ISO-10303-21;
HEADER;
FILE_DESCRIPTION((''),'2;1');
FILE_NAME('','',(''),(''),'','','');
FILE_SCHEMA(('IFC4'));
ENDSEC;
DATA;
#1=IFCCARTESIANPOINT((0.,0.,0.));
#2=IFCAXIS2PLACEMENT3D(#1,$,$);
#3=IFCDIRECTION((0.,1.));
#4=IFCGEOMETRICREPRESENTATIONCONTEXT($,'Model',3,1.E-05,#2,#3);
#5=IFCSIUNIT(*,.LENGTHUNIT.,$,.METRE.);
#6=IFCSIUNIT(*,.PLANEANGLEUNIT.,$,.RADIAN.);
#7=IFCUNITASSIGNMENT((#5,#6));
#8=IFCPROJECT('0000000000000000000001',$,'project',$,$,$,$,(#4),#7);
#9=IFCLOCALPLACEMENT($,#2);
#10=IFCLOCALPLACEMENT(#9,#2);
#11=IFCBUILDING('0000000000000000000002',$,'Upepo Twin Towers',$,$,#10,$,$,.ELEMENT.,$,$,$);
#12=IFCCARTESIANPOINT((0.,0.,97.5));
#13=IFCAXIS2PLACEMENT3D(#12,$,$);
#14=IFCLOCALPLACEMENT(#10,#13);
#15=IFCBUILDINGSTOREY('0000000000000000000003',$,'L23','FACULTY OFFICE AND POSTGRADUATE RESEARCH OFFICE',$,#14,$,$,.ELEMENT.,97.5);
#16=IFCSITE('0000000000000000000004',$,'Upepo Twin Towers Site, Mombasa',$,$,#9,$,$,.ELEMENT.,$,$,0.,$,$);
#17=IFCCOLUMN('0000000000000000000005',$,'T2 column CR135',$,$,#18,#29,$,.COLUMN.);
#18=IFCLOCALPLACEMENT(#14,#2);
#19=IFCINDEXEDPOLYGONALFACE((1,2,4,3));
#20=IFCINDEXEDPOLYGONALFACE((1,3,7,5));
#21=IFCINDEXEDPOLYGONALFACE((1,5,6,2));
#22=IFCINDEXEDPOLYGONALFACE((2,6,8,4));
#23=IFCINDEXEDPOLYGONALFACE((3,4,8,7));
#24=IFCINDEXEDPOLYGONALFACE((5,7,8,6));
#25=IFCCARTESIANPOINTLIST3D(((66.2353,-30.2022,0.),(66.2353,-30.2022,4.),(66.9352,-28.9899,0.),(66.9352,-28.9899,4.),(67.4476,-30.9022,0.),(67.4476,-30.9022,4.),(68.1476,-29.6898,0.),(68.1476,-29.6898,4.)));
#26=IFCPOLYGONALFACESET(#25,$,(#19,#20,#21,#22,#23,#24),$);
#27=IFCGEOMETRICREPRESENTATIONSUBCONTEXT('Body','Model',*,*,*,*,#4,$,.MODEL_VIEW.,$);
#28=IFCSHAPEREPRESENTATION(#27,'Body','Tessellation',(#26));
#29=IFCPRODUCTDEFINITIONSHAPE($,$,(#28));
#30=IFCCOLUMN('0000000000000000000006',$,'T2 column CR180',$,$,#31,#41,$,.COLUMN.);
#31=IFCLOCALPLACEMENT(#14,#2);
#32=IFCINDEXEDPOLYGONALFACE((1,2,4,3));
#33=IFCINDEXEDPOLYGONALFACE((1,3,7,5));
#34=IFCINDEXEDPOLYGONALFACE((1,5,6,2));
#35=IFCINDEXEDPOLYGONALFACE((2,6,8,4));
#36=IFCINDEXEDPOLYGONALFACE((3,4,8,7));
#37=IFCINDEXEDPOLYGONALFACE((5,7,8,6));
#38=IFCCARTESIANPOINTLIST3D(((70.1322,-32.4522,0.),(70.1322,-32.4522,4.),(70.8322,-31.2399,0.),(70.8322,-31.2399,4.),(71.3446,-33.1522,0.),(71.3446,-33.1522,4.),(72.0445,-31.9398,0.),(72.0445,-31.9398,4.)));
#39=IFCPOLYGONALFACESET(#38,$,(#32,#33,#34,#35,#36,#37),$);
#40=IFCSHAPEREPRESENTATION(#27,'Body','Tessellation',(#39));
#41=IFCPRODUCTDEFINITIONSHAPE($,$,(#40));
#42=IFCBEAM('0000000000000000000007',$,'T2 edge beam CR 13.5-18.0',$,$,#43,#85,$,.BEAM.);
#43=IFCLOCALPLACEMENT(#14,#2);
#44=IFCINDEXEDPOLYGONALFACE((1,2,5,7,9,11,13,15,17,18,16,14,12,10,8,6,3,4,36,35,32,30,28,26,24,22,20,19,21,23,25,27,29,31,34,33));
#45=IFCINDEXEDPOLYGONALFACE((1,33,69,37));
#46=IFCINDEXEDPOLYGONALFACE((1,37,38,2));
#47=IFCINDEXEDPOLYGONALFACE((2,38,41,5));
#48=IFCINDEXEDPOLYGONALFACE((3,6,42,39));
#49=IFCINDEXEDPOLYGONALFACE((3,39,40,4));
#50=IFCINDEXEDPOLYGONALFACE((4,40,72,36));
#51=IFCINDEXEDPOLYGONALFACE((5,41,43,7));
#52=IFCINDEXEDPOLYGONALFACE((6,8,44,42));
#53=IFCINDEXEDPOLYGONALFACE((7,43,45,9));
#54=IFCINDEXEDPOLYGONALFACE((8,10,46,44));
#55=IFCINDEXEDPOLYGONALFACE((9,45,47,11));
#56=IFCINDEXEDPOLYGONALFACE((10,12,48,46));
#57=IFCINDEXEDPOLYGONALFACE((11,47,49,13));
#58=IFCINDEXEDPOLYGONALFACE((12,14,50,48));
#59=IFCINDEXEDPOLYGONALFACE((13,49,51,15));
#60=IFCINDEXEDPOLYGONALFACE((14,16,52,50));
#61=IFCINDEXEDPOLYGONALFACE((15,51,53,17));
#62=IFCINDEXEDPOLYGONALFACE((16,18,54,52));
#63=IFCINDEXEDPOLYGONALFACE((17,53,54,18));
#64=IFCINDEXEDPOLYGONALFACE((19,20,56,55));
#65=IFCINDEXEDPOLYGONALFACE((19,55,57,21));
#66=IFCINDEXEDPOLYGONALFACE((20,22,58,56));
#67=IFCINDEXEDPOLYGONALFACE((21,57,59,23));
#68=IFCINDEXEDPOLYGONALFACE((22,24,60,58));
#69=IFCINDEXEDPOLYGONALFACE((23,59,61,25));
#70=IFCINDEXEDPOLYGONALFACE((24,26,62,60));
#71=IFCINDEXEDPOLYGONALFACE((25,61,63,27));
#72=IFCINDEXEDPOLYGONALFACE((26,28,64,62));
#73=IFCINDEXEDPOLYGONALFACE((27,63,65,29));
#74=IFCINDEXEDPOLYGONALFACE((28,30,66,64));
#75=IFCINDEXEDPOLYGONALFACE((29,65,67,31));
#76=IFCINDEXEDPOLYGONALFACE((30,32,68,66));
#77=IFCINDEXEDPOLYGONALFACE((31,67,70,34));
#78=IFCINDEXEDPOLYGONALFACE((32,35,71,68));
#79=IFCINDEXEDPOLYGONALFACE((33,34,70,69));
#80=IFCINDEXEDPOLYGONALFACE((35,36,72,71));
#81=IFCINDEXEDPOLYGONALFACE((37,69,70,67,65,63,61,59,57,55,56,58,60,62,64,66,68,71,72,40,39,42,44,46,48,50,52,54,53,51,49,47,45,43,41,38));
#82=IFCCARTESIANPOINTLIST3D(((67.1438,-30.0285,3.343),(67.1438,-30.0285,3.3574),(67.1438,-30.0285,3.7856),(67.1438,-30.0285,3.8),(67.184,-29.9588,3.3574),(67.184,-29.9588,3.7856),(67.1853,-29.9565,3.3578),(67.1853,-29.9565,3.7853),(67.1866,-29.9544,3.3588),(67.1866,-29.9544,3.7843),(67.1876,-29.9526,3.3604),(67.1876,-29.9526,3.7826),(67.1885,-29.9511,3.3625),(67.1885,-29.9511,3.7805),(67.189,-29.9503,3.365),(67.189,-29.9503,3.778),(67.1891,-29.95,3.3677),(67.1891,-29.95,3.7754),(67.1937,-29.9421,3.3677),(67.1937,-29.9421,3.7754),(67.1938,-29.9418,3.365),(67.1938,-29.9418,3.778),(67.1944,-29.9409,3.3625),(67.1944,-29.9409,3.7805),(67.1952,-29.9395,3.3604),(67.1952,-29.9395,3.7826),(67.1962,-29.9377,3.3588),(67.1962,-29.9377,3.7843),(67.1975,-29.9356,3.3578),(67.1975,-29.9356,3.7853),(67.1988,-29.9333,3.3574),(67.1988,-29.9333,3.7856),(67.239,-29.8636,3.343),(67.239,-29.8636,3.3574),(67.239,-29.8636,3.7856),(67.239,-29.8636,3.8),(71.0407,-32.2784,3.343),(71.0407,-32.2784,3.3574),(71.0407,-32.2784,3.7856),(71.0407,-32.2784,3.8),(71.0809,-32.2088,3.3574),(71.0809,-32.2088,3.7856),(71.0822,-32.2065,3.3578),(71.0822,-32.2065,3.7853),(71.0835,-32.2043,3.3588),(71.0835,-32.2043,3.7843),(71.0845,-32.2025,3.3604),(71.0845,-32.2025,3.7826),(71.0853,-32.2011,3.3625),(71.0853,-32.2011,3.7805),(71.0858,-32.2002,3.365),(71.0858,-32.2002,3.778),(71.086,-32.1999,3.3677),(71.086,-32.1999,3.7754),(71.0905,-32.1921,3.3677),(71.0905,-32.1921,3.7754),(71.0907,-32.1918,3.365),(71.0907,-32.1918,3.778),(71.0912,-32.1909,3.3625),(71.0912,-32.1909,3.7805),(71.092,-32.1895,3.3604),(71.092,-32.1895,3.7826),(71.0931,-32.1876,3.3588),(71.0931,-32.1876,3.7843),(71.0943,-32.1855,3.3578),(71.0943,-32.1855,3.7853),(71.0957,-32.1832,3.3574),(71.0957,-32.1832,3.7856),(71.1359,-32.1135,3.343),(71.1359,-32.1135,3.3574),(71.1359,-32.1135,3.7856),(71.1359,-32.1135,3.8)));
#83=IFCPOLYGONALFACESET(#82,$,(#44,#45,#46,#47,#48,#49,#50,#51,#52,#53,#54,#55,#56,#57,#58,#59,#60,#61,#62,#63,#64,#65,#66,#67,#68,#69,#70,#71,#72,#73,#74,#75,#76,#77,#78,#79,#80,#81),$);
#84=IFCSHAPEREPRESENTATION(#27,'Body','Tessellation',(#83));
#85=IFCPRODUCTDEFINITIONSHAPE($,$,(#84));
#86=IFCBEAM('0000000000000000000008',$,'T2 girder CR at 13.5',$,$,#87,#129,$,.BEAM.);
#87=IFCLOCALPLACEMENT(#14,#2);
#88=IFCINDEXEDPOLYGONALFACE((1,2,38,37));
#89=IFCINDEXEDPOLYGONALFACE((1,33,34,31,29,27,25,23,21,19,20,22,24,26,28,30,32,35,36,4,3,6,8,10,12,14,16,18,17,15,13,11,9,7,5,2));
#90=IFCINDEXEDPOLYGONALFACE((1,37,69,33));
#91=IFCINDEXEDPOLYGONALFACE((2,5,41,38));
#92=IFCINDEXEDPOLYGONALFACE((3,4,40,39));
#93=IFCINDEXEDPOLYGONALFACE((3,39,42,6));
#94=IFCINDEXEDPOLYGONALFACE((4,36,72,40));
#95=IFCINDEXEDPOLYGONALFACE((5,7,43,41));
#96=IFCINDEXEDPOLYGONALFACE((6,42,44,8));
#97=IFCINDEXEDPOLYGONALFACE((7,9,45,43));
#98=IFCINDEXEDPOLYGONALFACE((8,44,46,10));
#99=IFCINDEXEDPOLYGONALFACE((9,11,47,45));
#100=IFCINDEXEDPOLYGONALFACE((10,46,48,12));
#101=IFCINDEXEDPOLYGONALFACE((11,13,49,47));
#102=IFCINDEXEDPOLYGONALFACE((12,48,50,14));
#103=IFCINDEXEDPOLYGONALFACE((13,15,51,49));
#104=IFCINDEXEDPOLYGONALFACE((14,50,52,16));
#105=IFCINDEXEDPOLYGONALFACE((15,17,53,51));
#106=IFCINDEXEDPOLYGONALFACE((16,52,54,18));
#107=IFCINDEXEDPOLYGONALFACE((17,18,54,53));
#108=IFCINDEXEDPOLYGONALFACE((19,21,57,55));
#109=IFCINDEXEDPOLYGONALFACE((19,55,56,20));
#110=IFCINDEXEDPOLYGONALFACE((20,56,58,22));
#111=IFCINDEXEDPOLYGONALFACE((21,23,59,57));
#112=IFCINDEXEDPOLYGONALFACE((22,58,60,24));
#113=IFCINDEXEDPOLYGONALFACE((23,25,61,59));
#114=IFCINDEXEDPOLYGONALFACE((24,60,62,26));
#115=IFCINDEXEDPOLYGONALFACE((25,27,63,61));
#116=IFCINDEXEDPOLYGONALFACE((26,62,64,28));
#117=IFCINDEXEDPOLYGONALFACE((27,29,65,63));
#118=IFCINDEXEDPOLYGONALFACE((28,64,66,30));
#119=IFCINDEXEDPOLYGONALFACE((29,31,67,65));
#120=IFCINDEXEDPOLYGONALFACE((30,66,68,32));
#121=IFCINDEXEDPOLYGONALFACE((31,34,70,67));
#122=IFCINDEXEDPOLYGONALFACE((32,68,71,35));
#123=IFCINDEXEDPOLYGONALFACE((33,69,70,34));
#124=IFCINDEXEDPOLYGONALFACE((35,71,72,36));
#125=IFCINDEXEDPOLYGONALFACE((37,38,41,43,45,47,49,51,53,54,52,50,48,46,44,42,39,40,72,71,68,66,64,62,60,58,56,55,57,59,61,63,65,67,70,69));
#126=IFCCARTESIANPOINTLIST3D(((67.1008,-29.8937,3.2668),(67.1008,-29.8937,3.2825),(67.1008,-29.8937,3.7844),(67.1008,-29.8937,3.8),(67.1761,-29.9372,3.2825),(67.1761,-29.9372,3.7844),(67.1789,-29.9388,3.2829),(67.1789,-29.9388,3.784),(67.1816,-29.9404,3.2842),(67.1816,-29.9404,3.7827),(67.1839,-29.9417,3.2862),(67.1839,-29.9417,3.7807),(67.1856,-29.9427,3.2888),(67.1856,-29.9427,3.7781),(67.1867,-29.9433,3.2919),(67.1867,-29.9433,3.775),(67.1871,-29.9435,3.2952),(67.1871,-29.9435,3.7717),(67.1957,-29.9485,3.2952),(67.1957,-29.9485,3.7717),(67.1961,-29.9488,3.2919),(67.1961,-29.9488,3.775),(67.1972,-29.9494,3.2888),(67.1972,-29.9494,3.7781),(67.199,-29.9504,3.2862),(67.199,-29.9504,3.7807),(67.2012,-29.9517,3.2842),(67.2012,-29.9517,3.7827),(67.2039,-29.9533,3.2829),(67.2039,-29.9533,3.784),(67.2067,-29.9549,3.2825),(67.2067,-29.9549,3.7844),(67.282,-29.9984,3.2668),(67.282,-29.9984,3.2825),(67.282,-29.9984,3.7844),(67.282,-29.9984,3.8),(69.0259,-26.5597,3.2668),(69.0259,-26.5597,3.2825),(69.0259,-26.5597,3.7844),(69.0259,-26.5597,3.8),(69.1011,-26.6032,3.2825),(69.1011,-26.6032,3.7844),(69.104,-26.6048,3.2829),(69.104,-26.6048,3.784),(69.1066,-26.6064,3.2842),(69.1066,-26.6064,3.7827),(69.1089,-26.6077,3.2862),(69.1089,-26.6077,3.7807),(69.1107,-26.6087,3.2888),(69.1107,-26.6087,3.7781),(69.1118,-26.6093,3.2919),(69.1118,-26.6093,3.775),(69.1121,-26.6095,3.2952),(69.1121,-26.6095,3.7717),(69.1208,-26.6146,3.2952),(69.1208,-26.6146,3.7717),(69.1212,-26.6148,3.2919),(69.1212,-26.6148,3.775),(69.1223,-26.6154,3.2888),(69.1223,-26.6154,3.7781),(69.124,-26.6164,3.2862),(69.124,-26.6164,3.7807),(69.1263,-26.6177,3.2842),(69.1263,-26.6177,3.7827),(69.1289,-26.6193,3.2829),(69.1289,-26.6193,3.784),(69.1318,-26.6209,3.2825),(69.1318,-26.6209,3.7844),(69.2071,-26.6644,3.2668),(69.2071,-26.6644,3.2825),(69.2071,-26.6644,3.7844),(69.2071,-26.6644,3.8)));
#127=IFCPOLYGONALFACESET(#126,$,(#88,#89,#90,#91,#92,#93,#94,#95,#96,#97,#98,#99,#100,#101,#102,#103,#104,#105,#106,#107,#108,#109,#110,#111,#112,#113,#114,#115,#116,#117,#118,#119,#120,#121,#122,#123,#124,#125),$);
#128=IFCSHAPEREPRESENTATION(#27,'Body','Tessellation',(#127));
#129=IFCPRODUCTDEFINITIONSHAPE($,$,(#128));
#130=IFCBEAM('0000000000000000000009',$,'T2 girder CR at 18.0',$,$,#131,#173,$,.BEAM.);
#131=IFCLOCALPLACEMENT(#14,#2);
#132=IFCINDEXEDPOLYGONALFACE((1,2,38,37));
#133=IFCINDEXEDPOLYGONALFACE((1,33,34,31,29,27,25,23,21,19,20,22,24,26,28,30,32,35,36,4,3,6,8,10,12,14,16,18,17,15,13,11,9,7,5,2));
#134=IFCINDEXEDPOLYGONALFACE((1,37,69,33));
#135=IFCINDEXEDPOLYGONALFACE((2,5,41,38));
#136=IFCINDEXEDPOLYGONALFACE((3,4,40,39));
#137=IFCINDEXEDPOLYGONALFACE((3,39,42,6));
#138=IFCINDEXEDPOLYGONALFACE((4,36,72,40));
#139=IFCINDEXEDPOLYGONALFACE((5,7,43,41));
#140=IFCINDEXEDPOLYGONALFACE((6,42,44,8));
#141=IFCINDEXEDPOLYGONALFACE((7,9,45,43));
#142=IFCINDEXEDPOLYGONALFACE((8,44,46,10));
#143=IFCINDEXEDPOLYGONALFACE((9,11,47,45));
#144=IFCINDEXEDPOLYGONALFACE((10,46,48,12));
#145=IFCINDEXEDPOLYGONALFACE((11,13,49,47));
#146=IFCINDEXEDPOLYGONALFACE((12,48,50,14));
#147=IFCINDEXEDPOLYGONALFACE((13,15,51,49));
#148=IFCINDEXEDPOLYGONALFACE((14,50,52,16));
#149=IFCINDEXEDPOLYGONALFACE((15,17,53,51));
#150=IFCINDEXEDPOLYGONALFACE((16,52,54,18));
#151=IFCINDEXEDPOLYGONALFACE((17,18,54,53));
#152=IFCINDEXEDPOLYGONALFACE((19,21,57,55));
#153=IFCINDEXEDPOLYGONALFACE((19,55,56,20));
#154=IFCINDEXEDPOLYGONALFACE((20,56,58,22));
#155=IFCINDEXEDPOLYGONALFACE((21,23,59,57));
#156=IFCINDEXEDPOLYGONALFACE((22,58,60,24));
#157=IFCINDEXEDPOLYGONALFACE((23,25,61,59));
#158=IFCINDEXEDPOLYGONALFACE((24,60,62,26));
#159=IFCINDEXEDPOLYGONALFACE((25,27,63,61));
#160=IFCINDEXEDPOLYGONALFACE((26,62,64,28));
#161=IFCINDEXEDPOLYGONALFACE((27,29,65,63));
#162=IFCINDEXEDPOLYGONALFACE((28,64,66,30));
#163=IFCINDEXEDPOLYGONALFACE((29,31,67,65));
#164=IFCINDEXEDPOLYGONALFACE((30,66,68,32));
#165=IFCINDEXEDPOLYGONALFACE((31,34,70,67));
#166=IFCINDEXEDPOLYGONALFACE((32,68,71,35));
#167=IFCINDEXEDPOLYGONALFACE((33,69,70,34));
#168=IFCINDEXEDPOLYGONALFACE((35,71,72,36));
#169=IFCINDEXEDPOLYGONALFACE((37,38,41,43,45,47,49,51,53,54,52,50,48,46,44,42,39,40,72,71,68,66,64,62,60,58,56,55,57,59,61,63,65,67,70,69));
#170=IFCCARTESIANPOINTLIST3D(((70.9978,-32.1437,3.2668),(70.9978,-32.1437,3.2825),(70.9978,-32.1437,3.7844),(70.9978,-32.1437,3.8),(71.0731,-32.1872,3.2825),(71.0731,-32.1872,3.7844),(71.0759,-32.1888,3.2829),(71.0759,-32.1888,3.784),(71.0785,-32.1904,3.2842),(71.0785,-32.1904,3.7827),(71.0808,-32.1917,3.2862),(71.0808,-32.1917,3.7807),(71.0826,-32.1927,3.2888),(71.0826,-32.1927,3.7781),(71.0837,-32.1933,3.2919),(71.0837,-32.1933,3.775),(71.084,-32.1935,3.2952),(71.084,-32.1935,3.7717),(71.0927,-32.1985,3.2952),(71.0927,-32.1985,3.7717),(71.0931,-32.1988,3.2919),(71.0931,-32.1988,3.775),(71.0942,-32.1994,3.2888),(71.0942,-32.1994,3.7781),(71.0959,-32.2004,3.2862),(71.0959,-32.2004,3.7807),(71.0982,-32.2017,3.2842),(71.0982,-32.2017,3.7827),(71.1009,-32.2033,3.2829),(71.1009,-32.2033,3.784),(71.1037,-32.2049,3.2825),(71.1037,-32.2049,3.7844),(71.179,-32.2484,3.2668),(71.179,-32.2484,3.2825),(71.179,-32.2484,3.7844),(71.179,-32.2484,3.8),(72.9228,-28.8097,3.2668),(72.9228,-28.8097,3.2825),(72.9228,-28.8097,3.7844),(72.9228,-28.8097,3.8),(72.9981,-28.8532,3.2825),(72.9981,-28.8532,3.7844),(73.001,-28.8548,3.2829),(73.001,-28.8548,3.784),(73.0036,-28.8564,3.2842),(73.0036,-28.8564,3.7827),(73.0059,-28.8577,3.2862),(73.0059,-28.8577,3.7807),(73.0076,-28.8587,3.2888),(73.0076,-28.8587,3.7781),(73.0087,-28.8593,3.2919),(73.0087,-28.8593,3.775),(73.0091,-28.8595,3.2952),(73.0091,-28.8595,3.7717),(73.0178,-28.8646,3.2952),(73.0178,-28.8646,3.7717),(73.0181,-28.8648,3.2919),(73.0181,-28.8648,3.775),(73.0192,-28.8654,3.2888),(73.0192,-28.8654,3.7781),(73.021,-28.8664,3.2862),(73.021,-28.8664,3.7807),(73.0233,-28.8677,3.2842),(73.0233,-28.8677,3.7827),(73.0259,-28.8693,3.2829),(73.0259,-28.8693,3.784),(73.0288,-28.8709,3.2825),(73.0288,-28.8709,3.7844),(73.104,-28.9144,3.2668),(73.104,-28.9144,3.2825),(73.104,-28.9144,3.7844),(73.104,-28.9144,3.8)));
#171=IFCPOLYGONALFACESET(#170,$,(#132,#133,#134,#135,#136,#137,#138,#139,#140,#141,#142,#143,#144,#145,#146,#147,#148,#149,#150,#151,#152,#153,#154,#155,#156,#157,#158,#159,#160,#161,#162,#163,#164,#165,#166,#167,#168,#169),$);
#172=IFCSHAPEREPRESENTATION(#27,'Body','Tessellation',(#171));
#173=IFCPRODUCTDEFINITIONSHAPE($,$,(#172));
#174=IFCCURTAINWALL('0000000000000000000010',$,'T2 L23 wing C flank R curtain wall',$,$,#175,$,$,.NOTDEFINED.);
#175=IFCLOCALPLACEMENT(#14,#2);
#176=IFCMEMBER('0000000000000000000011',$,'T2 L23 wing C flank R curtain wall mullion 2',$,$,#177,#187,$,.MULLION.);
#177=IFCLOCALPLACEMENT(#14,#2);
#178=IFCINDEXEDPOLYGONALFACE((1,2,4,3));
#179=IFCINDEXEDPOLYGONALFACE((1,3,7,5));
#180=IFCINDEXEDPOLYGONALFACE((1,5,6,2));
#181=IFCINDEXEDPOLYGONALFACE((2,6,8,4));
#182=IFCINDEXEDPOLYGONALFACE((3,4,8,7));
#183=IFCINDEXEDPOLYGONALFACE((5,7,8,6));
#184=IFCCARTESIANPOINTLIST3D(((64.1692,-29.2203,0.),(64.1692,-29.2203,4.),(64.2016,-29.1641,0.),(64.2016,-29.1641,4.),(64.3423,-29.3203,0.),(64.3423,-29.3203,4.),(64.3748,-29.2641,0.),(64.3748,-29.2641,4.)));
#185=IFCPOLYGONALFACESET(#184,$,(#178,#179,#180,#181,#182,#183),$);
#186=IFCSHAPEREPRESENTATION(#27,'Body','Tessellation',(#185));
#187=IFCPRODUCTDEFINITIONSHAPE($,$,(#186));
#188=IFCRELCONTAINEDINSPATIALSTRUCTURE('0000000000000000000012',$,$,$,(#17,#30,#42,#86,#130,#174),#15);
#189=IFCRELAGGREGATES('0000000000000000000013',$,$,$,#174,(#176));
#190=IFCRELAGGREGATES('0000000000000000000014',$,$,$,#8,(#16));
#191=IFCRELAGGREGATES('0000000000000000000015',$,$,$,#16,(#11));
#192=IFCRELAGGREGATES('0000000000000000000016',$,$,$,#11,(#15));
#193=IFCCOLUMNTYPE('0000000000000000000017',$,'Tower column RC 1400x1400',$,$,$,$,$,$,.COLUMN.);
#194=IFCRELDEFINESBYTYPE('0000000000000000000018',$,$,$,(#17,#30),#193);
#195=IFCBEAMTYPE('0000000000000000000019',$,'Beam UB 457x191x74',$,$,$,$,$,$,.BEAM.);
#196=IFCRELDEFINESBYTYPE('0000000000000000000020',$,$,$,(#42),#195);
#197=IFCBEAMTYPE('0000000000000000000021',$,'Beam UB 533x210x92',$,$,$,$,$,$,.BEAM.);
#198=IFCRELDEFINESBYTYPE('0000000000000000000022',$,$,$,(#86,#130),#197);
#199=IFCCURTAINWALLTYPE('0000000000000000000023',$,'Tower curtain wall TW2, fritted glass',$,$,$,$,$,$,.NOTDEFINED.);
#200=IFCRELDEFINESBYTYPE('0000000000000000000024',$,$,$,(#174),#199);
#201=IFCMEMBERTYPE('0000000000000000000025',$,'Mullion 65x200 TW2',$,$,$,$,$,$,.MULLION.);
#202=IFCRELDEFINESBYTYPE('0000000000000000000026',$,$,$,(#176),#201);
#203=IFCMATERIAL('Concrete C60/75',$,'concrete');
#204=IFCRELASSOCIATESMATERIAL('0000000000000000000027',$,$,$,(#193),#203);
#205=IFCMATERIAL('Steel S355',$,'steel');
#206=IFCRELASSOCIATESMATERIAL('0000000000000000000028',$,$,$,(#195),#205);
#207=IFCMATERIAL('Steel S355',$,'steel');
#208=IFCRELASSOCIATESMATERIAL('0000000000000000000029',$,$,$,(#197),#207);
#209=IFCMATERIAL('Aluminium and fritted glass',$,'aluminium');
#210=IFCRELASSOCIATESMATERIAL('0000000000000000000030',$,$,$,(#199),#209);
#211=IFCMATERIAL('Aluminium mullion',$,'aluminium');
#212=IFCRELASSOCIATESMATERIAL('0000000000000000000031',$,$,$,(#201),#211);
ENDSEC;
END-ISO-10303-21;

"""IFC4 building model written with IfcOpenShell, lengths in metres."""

from ifc_helpers import new_model, si_unit, direction, frame, origin, origin_2d, place, context, subcontext, project, spatial, rectangle, i_section, extrude, material, material_profile, profile_set, type_object, element, aggregate, save


model = new_model("IFC4")

# Units and contexts
model_context = context("Model", 3, precision=1e-05, world=origin(), true_north=direction((0.0, 1.0)))
body_context = subcontext(model_context, "Body", "Model", "MODEL_VIEW")
ifc_project = project(units=[si_unit("LENGTHUNIT", "METRE"), si_unit("PLANEANGLEUNIT", "RADIAN")], contexts=[model_context])

# Site, building, storey
site_placement = place(None, origin())
site = spatial("IfcSite", under=ifc_project, at=site_placement, Name="Upepo Twin Towers Site, Mombasa", CompositionType="ELEMENT", RefElevation=0.0)
building_placement = place(site_placement, origin())
building = spatial("IfcBuilding", under=site, at=building_placement, Name="Upepo Twin Towers", CompositionType="ELEMENT")
storey_placement = place(building_placement, frame((0.0, 0.0, 97.5)))
storey = spatial("IfcBuildingStorey", under=building, at=storey_placement, Name="L23", Description="FACULTY OFFICE AND POSTGRADUATE RESEARCH OFFICE", CompositionType="ELEMENT", Elevation=97.5)

# Columns
ifc_material_1 = material(Name="Concrete C60/75", Category="concrete")
ifc_material_profile_1 = material_profile(ifc_material_1, rectangle(XDim=1.3999, YDim=1.3999, at=origin_2d()), Name="RC 1400x1400")
ifc_profile_set_1 = profile_set([ifc_material_profile_1], Name="Concrete C60/75")
column_type = type_object("IfcColumnType", Name="Tower column RC 1400x1400", PredefinedType="COLUMN", material=ifc_profile_set_1)
for number, where, z_axis, x_axis, name in (
    (1, (67.1914, -29.946, 0.0), (0.0, 0.0, 1.0), (0.5, 0.866025, 0.0), "T2 column CR135"),
    (2, (71.0884, -32.196, 0.0), (0.0, 0.0, 1.0), (0.5, 0.866025, 0.0), "T2 column CR180"),
):
    element("IfcColumn", number, at=place(storey_placement, frame(where, z_axis=z_axis, x_axis=x_axis)), inside=storey, type_object=column_type, Name=name, PredefinedType="COLUMN", context=body_context, shape_type="SweptSolid", body=[
        extrude(rectangle(XDim=1.3999, YDim=1.3999, at=origin_2d()), origin(), (0.0, 0.0, 1.0), 4.0),
    ])

# Beams
ifc_material_2 = material(Name="Steel S355", Category="steel")
ifc_material_profile_2 = material_profile(ifc_material_2, i_section(OverallWidth=0.1904, OverallDepth=0.457, WebThickness=0.009, FlangeThickness=0.0144, FilletRadius=0.0103, at=origin_2d()), Name="UB 457x191x74")
ifc_profile_set_2 = profile_set([ifc_material_profile_2], Name="Steel S355")
beam_type_1 = type_object("IfcBeamType", Name="Beam UB 457x191x74", PredefinedType="BEAM", material=ifc_profile_set_2)
beam_placement = place(storey_placement, frame((67.1914, -29.946, 3.5715), z_axis=(0.866018, -0.500014, 0.0), x_axis=(0.500014, 0.866018, 0.0)))
element("IfcBeam", 3, at=beam_placement, inside=storey, type_object=beam_type_1, Name="T2 edge beam CR 13.5-18.0", PredefinedType="BEAM", context=body_context, shape_type="SweptSolid", body=[
    extrude(i_section(OverallWidth=0.1904, OverallDepth=0.457, WebThickness=0.009, FlangeThickness=0.0144, FilletRadius=0.0103, at=origin_2d()), origin(), (0.0, 0.0, 1.0), 4.4998),
])
ifc_material_3 = material(Name="Steel S355", Category="steel")
ifc_material_profile_3 = material_profile(ifc_material_3, i_section(OverallWidth=0.2092, OverallDepth=0.5332, WebThickness=0.01, FlangeThickness=0.0156, FilletRadius=0.0127, at=origin_2d()), Name="UB 533x210x92")
ifc_profile_set_3 = profile_set([ifc_material_profile_3], Name="Steel S355")
beam_type_2 = type_object("IfcBeamType", Name="Beam UB 533x210x92", PredefinedType="BEAM", material=ifc_profile_set_3)
for number, where, z_axis, x_axis, name in (
    (4, (67.1914, -29.946, 3.5334), (0.500034, 0.866006, 0.0), (-0.866006, 0.500034, 0.0), "T2 girder CR at 13.5"),
    (5, (71.0884, -32.196, 3.5334), (0.500034, 0.866006, 0.0), (-0.866006, 0.500034, 0.0), "T2 girder CR at 18.0"),
):
    element("IfcBeam", number, at=place(storey_placement, frame(where, z_axis=z_axis, x_axis=x_axis)), inside=storey, type_object=beam_type_2, Name=name, PredefinedType="BEAM", context=body_context, shape_type="SweptSolid", body=[
        extrude(i_section(OverallWidth=0.2092, OverallDepth=0.5332, WebThickness=0.01, FlangeThickness=0.0156, FilletRadius=0.0127, at=origin_2d()), origin(), (0.0, 0.0, 1.0), 3.8499),
    ])

# Curtain wall, member
ifc_material_4 = material(Name="Aluminium and fritted glass", Category="aluminium")
curtain_wall_type = type_object("IfcCurtainWallType", Name="Tower curtain wall TW2, fritted glass", PredefinedType="NOTDEFINED", material=ifc_material_4)
curtain_wall_placement = place(storey_placement, origin())
curtain_wall = element("IfcCurtainWall", 6, at=curtain_wall_placement, inside=storey, type_object=curtain_wall_type, Name="T2 L23 wing C flank R curtain wall", PredefinedType="NOTDEFINED")
ifc_material_5 = material(Name="Aluminium mullion", Category="aluminium")
ifc_material_profile_4 = material_profile(ifc_material_5, rectangle(XDim=0.0649, YDim=0.2, at=origin_2d()), Name="MULLION 65x200")
ifc_profile_set_4 = profile_set([ifc_material_profile_4], Name="Aluminium mullion")
member_type = type_object("IfcMemberType", Name="Mullion 65x200 TW2", PredefinedType="MULLION", material=ifc_profile_set_4)
member_placement = place(storey_placement, frame((64.272, -29.2422, 0.0), z_axis=(0.0, 0.0, 1.0), x_axis=(-0.5, -0.866025, 0.0)))
member = element("IfcMember", 7, at=member_placement, type_object=member_type, Name="T2 L23 wing C flank R curtain wall mullion 2", PredefinedType="MULLION", context=body_context, shape_type="SweptSolid", body=[
    extrude(rectangle(XDim=0.0649, YDim=0.2, at=origin_2d()), origin(), (0.0, 0.0, 1.0), 4.0),
])
aggregate(curtain_wall, [member])

save(model, "model.ifc")
